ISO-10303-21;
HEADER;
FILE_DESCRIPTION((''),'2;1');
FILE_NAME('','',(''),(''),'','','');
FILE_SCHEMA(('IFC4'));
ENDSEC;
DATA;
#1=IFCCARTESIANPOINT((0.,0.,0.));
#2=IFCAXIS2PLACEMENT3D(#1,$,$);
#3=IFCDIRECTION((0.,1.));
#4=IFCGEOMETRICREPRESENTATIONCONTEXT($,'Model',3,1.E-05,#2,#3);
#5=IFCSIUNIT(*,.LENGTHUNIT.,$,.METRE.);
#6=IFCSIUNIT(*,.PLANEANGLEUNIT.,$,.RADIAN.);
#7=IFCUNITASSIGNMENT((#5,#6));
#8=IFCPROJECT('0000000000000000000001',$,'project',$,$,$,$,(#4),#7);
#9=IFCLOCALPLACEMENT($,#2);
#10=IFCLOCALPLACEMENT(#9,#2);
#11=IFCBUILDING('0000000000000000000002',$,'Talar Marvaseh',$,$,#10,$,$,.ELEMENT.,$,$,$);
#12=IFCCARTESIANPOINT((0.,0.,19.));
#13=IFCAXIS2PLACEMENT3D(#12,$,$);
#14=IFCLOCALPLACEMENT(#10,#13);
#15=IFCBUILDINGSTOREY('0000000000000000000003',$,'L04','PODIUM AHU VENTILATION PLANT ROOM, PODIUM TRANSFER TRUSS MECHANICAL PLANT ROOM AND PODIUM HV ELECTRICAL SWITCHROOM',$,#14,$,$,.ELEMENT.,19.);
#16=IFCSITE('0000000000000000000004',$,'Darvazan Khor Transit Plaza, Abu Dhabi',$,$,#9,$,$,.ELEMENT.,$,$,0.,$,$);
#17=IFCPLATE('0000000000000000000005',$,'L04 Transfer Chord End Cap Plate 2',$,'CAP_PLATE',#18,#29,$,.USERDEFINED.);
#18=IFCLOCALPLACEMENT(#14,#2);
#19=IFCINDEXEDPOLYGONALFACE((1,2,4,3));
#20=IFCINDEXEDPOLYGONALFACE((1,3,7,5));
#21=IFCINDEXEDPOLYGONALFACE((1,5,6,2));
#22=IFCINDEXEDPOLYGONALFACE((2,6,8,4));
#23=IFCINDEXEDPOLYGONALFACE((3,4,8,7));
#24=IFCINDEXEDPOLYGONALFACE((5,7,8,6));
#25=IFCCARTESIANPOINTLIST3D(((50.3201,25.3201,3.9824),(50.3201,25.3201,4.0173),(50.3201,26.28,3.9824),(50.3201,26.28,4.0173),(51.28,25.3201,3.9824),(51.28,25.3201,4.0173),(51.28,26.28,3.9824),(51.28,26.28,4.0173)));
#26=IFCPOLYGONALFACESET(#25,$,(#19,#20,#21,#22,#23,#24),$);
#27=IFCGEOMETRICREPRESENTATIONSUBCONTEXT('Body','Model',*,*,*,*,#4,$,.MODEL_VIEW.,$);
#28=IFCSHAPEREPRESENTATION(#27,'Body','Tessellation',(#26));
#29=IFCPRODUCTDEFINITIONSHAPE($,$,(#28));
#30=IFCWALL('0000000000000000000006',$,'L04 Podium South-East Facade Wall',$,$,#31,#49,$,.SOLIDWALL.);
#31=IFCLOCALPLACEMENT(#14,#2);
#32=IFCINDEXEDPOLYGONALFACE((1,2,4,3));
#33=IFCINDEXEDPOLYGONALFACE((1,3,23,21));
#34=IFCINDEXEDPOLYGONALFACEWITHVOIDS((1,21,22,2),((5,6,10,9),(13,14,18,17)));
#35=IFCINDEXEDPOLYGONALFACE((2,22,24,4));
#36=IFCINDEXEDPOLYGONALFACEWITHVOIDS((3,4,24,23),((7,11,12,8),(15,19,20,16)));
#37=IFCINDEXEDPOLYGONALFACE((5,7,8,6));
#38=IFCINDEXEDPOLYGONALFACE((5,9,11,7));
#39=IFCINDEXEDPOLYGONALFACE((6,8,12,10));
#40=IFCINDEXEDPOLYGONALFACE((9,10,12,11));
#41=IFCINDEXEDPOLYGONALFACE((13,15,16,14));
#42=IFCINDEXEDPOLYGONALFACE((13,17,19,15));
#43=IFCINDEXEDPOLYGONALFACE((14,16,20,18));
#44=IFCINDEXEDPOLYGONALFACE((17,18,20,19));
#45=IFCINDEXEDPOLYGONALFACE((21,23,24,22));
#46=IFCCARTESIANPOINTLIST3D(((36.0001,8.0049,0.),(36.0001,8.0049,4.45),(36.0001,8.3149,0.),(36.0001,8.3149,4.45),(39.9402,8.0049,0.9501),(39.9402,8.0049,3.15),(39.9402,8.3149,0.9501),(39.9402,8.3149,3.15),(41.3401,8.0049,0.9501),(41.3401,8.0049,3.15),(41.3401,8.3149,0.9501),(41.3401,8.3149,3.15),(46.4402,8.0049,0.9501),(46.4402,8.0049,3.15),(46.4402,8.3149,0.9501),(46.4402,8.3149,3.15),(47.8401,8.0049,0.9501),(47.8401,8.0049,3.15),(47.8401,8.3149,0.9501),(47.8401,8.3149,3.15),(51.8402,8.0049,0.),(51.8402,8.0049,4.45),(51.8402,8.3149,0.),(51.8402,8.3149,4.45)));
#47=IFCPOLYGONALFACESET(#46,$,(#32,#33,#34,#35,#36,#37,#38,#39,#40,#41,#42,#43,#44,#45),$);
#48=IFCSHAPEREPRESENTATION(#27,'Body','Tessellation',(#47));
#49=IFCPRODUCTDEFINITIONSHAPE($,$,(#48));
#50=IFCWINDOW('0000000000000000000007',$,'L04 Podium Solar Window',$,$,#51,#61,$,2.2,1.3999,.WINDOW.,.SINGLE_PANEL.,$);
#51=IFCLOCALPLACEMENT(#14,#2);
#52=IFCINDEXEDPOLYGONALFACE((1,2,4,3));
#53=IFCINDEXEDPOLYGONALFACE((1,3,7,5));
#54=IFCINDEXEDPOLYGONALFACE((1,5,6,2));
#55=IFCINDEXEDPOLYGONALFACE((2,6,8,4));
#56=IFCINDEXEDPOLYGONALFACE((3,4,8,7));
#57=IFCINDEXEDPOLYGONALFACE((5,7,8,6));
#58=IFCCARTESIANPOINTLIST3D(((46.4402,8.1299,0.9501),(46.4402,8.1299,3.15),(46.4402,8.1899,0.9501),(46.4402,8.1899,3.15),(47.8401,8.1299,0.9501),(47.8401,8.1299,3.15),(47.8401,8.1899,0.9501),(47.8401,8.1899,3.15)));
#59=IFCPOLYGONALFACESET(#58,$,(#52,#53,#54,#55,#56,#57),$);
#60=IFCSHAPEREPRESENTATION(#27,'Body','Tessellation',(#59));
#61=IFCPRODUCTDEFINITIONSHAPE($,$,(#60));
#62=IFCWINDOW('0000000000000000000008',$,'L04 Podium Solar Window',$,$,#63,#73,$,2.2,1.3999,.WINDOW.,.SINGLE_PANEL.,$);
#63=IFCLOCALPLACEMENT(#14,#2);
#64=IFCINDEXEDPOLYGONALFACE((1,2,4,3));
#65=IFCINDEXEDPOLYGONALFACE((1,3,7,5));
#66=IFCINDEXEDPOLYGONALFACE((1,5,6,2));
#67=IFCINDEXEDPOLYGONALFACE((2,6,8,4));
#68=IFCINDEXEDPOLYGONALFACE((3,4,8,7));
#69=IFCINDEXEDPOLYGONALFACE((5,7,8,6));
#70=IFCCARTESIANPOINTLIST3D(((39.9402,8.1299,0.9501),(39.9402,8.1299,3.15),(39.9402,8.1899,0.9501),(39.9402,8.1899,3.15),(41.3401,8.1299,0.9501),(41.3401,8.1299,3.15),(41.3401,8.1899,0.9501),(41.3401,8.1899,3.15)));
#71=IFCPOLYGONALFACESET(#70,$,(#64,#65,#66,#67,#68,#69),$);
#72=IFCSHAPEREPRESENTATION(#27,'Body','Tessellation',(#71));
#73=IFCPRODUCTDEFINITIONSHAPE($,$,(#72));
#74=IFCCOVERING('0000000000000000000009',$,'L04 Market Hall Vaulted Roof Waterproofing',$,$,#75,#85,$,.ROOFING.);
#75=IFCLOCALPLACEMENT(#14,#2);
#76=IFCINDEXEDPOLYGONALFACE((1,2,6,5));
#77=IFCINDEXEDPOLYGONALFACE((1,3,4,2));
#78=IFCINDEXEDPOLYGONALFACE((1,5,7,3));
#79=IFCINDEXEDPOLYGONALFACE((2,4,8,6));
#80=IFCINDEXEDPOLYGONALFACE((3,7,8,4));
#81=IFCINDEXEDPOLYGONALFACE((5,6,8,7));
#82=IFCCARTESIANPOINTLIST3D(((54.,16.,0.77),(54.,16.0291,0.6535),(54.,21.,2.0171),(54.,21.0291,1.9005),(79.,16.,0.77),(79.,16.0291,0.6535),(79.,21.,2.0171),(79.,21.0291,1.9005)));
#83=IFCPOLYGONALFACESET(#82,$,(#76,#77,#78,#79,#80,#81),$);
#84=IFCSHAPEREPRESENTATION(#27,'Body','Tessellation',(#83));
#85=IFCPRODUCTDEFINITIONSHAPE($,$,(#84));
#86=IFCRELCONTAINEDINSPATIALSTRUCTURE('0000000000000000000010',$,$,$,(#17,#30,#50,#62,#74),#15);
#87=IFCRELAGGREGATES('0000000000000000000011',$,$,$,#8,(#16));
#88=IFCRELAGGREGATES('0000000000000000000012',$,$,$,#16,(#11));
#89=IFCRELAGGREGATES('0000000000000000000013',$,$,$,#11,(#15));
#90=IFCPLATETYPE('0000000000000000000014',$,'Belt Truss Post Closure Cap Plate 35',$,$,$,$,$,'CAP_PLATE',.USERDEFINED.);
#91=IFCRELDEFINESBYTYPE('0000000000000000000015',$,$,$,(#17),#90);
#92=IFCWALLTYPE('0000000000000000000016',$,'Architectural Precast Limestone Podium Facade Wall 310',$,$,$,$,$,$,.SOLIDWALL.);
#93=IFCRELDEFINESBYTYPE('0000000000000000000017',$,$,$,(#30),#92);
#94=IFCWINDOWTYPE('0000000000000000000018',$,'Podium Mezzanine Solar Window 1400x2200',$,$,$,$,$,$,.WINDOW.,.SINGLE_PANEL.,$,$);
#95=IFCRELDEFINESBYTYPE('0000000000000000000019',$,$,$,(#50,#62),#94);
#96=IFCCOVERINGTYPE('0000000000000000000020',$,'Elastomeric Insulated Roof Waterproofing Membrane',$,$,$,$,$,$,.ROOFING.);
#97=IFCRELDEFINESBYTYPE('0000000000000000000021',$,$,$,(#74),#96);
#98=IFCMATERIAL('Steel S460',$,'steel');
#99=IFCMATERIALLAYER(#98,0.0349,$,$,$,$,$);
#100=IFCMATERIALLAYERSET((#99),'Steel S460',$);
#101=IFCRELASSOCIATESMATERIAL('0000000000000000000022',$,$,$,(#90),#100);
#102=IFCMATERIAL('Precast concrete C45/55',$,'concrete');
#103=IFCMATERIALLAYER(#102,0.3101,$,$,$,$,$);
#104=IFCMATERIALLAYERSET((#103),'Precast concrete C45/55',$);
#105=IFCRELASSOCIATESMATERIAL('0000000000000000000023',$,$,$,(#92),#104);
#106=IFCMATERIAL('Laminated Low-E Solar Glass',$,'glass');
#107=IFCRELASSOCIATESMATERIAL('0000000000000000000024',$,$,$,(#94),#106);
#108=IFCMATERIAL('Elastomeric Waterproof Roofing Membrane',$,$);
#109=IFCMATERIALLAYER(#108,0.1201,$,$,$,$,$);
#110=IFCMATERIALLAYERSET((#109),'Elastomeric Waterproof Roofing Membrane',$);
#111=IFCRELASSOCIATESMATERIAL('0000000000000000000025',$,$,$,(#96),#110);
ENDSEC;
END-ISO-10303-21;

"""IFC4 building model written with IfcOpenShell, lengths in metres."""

from ifc_helpers import new_model, si_unit, direction, frame, frame_2d, origin, origin_2d, place, context, subcontext, project, spatial, polyline, rectangle, outline, extrude, source, transform, mapped, material, layer, layer_set, type_object, type_shapes, element, fill, save


model = new_model("IFC4")

# Units and contexts
model_context = context("Model", 3, precision=1e-05, world=origin(), true_north=direction((0.0, 1.0)))
body_context = subcontext(model_context, "Body", "Model", "MODEL_VIEW")
ifc_project = project(units=[si_unit("LENGTHUNIT", "METRE"), si_unit("PLANEANGLEUNIT", "RADIAN")], contexts=[model_context])

# Site, building, storey
site_placement = place(None, origin())
site = spatial("IfcSite", under=ifc_project, at=site_placement, Name="Darvazan Khor Transit Plaza, Abu Dhabi", CompositionType="ELEMENT", RefElevation=0.0)
building_placement = place(site_placement, origin())
building = spatial("IfcBuilding", under=site, at=building_placement, Name="Talar Marvaseh", CompositionType="ELEMENT")
storey_placement = place(building_placement, frame((0.0, 0.0, 19.0)))
storey = spatial("IfcBuildingStorey", under=building, at=storey_placement, Name="L04", Description="PODIUM AHU VENTILATION PLANT ROOM, PODIUM TRANSFER TRUSS MECHANICAL PLANT ROOM AND PODIUM HV ELECTRICAL SWITCHROOM", CompositionType="ELEMENT", Elevation=19.0)

# Shared definitions
ifc_material_1 = material(Name="Steel S460", Category="steel")

# Shared definitions
ifc_material_2 = material(Name="Precast concrete C45/55", Category="concrete")

# Plate
ifc_layer_1 = layer(ifc_material_1, 0.0349)
ifc_layer_set_1 = layer_set([ifc_layer_1], Name="Steel S460")
plate_type_1 = type_object("IfcPlateType", Name="Belt Truss Post Closure Cap Plate 35", ElementType="CAP_PLATE", PredefinedType="USERDEFINED", material=ifc_layer_set_1)
shared_shape_1 = source(origin(), body_context, "Body", "SweptSolid", [
    extrude(rectangle(XDim=0.96, YDim=0.96, at=origin_2d()), origin(), (0.0, 0.0, 1.0), 0.0349),
])
plate_1_placement = place(storey_placement, frame((50.8, 25.8, 3.9824), z_axis=(0.0, 0.0, 1.0), x_axis=(1.0, 0.0, 0.0)))
element("IfcPlate", 1, at=plate_1_placement, inside=storey, type_object=plate_type_1, Name="L04 Transfer Chord End Cap Plate 2", ObjectType="CAP_PLATE", PredefinedType="USERDEFINED", context=body_context, shape_type="MappedRepresentation", body=[
    mapped(shared_shape_1, transform((0.0, 0.0, 0.0), x_axis=(1.0, 0.0, 0.0), y_axis=(0.0, 1.0, 0.0), z_axis=(0.0, 0.0, 1.0), scale=1.0)),
])

# Wall, openings, windows
ifc_layer_2 = layer(ifc_material_2, 0.3101)
ifc_layer_set_2 = layer_set([ifc_layer_2], Name="Precast concrete C45/55")
wall_type = type_object("IfcWallType", Name="Architectural Precast Limestone Podium Facade Wall 310", PredefinedType="SOLIDWALL", material=ifc_layer_set_2)
wall_placement = place(storey_placement, frame((51.8401, 8.1599, 0.0), z_axis=(0.0, 0.0, 1.0), x_axis=(-1.0, 0.0, 0.0)))
wall = element("IfcWall", 2, at=wall_placement, inside=storey, type_object=wall_type, Name="L04 Podium South-East Facade Wall", PredefinedType="SOLIDWALL", context=body_context, shape_type="SweptSolid", body=[
    extrude(rectangle(XDim=15.8401, YDim=0.3101, at=frame_2d((7.9199, 0.0))), origin(), (0.0, 0.0, 1.0), 4.45),
])
opening_1_placement = place(wall_placement, frame((4.0, 0.0, 0.95)))
opening_1 = element("IfcOpeningElement", 3, at=opening_1_placement, cuts=wall, PredefinedType="OPENING", context=body_context, shape_type="SweptSolid", body=[
    extrude(rectangle(XDim=1.3999, YDim=2.2, at=frame_2d((0.7, 1.1001))), frame((0.0, 0.165, 0.0), z_axis=(0.0, -1.0, 0.0), x_axis=(1.0, 0.0, 0.0)), (0.0, 0.0, 1.0), 0.3301),
])
opening_2_placement = place(wall_placement, frame((10.5, 0.0, 0.95)))
opening_2 = element("IfcOpeningElement", 4, at=opening_2_placement, cuts=wall, PredefinedType="OPENING", context=body_context, shape_type="SweptSolid", body=[
    extrude(rectangle(XDim=1.3999, YDim=2.2, at=frame_2d((0.7, 1.1001))), frame((0.0, 0.165, 0.0), z_axis=(0.0, -1.0, 0.0), x_axis=(1.0, 0.0, 0.0)), (0.0, 0.0, 1.0), 0.3301),
])
ifc_material_3 = material(Name="Laminated Low-E Solar Glass", Category="glass")
window_type = type_object("IfcWindowType", Name="Podium Mezzanine Solar Window 1400x2200", PartitioningType="SINGLE_PANEL", PredefinedType="WINDOW", material=ifc_material_3)
shared_shape_2 = source(origin(), body_context, "Body", "SweptSolid", [
    extrude(rectangle(XDim=1.3999, YDim=2.2, at=frame_2d((0.7, 1.1001))), frame((0.0, 0.03, 0.0), z_axis=(0.0, -1.0, 0.0), x_axis=(1.0, 0.0, 0.0)), (0.0, 0.0, 1.0), 0.0601),
])
type_shapes(window_type, [shared_shape_2])
window_1_placement = place(opening_1_placement, origin())
window_1 = element("IfcWindow", 5, at=window_1_placement, inside=storey, type_object=window_type, Name="L04 Podium Solar Window", OverallHeight=2.2, OverallWidth=1.3999, PartitioningType="SINGLE_PANEL", PredefinedType="WINDOW", context=body_context, shape_type="MappedRepresentation", body=[
    mapped(shared_shape_2, transform((0.0, 0.0, 0.0), x_axis=(1.0, 0.0, 0.0), y_axis=(0.0, 1.0, 0.0), z_axis=(0.0, 0.0, 1.0), scale=1.0)),
])
fill(opening_1, window_1)
window_2_placement = place(opening_2_placement, origin())
window_2 = element("IfcWindow", 6, at=window_2_placement, inside=storey, type_object=window_type, Name="L04 Podium Solar Window", OverallHeight=2.2, OverallWidth=1.3999, PartitioningType="SINGLE_PANEL", PredefinedType="WINDOW", context=body_context, shape_type="MappedRepresentation", body=[
    mapped(shared_shape_2, transform((0.0, 0.0, 0.0), x_axis=(1.0, 0.0, 0.0), y_axis=(0.0, 1.0, 0.0), z_axis=(0.0, 0.0, 1.0), scale=1.0)),
])
fill(opening_2, window_2)

# Covering
ifc_material_4 = material(Name="Elastomeric Waterproof Roofing Membrane")
ifc_layer_3 = layer(ifc_material_4, 0.1201)
ifc_layer_set_3 = layer_set([ifc_layer_3], Name="Elastomeric Waterproof Roofing Membrane")
covering_type = type_object("IfcCoveringType", Name="Elastomeric Insulated Roof Waterproofing Membrane", PredefinedType="ROOFING", material=ifc_layer_set_3)
covering_placement = place(storey_placement, frame((54.0, 16.0, 0.77), z_axis=(0.0, -0.242001, 0.970276), x_axis=(1.0, 0.0, 0.0)))
element("IfcCovering", 7, at=covering_placement, inside=storey, type_object=covering_type, Name="L04 Market Hall Vaulted Roof Waterproofing", PredefinedType="ROOFING", context=body_context, shape_type="SweptSolid", body=[
    extrude(outline(polyline([(0.0, 0.0), (25.0, 0.0), (25.0, 5.1532), (0.0, 5.1532), (0.0, 0.0)])), origin(), (0.0, 0.0, -1.0), 0.1201),
])

save(model, "model.ifc")
